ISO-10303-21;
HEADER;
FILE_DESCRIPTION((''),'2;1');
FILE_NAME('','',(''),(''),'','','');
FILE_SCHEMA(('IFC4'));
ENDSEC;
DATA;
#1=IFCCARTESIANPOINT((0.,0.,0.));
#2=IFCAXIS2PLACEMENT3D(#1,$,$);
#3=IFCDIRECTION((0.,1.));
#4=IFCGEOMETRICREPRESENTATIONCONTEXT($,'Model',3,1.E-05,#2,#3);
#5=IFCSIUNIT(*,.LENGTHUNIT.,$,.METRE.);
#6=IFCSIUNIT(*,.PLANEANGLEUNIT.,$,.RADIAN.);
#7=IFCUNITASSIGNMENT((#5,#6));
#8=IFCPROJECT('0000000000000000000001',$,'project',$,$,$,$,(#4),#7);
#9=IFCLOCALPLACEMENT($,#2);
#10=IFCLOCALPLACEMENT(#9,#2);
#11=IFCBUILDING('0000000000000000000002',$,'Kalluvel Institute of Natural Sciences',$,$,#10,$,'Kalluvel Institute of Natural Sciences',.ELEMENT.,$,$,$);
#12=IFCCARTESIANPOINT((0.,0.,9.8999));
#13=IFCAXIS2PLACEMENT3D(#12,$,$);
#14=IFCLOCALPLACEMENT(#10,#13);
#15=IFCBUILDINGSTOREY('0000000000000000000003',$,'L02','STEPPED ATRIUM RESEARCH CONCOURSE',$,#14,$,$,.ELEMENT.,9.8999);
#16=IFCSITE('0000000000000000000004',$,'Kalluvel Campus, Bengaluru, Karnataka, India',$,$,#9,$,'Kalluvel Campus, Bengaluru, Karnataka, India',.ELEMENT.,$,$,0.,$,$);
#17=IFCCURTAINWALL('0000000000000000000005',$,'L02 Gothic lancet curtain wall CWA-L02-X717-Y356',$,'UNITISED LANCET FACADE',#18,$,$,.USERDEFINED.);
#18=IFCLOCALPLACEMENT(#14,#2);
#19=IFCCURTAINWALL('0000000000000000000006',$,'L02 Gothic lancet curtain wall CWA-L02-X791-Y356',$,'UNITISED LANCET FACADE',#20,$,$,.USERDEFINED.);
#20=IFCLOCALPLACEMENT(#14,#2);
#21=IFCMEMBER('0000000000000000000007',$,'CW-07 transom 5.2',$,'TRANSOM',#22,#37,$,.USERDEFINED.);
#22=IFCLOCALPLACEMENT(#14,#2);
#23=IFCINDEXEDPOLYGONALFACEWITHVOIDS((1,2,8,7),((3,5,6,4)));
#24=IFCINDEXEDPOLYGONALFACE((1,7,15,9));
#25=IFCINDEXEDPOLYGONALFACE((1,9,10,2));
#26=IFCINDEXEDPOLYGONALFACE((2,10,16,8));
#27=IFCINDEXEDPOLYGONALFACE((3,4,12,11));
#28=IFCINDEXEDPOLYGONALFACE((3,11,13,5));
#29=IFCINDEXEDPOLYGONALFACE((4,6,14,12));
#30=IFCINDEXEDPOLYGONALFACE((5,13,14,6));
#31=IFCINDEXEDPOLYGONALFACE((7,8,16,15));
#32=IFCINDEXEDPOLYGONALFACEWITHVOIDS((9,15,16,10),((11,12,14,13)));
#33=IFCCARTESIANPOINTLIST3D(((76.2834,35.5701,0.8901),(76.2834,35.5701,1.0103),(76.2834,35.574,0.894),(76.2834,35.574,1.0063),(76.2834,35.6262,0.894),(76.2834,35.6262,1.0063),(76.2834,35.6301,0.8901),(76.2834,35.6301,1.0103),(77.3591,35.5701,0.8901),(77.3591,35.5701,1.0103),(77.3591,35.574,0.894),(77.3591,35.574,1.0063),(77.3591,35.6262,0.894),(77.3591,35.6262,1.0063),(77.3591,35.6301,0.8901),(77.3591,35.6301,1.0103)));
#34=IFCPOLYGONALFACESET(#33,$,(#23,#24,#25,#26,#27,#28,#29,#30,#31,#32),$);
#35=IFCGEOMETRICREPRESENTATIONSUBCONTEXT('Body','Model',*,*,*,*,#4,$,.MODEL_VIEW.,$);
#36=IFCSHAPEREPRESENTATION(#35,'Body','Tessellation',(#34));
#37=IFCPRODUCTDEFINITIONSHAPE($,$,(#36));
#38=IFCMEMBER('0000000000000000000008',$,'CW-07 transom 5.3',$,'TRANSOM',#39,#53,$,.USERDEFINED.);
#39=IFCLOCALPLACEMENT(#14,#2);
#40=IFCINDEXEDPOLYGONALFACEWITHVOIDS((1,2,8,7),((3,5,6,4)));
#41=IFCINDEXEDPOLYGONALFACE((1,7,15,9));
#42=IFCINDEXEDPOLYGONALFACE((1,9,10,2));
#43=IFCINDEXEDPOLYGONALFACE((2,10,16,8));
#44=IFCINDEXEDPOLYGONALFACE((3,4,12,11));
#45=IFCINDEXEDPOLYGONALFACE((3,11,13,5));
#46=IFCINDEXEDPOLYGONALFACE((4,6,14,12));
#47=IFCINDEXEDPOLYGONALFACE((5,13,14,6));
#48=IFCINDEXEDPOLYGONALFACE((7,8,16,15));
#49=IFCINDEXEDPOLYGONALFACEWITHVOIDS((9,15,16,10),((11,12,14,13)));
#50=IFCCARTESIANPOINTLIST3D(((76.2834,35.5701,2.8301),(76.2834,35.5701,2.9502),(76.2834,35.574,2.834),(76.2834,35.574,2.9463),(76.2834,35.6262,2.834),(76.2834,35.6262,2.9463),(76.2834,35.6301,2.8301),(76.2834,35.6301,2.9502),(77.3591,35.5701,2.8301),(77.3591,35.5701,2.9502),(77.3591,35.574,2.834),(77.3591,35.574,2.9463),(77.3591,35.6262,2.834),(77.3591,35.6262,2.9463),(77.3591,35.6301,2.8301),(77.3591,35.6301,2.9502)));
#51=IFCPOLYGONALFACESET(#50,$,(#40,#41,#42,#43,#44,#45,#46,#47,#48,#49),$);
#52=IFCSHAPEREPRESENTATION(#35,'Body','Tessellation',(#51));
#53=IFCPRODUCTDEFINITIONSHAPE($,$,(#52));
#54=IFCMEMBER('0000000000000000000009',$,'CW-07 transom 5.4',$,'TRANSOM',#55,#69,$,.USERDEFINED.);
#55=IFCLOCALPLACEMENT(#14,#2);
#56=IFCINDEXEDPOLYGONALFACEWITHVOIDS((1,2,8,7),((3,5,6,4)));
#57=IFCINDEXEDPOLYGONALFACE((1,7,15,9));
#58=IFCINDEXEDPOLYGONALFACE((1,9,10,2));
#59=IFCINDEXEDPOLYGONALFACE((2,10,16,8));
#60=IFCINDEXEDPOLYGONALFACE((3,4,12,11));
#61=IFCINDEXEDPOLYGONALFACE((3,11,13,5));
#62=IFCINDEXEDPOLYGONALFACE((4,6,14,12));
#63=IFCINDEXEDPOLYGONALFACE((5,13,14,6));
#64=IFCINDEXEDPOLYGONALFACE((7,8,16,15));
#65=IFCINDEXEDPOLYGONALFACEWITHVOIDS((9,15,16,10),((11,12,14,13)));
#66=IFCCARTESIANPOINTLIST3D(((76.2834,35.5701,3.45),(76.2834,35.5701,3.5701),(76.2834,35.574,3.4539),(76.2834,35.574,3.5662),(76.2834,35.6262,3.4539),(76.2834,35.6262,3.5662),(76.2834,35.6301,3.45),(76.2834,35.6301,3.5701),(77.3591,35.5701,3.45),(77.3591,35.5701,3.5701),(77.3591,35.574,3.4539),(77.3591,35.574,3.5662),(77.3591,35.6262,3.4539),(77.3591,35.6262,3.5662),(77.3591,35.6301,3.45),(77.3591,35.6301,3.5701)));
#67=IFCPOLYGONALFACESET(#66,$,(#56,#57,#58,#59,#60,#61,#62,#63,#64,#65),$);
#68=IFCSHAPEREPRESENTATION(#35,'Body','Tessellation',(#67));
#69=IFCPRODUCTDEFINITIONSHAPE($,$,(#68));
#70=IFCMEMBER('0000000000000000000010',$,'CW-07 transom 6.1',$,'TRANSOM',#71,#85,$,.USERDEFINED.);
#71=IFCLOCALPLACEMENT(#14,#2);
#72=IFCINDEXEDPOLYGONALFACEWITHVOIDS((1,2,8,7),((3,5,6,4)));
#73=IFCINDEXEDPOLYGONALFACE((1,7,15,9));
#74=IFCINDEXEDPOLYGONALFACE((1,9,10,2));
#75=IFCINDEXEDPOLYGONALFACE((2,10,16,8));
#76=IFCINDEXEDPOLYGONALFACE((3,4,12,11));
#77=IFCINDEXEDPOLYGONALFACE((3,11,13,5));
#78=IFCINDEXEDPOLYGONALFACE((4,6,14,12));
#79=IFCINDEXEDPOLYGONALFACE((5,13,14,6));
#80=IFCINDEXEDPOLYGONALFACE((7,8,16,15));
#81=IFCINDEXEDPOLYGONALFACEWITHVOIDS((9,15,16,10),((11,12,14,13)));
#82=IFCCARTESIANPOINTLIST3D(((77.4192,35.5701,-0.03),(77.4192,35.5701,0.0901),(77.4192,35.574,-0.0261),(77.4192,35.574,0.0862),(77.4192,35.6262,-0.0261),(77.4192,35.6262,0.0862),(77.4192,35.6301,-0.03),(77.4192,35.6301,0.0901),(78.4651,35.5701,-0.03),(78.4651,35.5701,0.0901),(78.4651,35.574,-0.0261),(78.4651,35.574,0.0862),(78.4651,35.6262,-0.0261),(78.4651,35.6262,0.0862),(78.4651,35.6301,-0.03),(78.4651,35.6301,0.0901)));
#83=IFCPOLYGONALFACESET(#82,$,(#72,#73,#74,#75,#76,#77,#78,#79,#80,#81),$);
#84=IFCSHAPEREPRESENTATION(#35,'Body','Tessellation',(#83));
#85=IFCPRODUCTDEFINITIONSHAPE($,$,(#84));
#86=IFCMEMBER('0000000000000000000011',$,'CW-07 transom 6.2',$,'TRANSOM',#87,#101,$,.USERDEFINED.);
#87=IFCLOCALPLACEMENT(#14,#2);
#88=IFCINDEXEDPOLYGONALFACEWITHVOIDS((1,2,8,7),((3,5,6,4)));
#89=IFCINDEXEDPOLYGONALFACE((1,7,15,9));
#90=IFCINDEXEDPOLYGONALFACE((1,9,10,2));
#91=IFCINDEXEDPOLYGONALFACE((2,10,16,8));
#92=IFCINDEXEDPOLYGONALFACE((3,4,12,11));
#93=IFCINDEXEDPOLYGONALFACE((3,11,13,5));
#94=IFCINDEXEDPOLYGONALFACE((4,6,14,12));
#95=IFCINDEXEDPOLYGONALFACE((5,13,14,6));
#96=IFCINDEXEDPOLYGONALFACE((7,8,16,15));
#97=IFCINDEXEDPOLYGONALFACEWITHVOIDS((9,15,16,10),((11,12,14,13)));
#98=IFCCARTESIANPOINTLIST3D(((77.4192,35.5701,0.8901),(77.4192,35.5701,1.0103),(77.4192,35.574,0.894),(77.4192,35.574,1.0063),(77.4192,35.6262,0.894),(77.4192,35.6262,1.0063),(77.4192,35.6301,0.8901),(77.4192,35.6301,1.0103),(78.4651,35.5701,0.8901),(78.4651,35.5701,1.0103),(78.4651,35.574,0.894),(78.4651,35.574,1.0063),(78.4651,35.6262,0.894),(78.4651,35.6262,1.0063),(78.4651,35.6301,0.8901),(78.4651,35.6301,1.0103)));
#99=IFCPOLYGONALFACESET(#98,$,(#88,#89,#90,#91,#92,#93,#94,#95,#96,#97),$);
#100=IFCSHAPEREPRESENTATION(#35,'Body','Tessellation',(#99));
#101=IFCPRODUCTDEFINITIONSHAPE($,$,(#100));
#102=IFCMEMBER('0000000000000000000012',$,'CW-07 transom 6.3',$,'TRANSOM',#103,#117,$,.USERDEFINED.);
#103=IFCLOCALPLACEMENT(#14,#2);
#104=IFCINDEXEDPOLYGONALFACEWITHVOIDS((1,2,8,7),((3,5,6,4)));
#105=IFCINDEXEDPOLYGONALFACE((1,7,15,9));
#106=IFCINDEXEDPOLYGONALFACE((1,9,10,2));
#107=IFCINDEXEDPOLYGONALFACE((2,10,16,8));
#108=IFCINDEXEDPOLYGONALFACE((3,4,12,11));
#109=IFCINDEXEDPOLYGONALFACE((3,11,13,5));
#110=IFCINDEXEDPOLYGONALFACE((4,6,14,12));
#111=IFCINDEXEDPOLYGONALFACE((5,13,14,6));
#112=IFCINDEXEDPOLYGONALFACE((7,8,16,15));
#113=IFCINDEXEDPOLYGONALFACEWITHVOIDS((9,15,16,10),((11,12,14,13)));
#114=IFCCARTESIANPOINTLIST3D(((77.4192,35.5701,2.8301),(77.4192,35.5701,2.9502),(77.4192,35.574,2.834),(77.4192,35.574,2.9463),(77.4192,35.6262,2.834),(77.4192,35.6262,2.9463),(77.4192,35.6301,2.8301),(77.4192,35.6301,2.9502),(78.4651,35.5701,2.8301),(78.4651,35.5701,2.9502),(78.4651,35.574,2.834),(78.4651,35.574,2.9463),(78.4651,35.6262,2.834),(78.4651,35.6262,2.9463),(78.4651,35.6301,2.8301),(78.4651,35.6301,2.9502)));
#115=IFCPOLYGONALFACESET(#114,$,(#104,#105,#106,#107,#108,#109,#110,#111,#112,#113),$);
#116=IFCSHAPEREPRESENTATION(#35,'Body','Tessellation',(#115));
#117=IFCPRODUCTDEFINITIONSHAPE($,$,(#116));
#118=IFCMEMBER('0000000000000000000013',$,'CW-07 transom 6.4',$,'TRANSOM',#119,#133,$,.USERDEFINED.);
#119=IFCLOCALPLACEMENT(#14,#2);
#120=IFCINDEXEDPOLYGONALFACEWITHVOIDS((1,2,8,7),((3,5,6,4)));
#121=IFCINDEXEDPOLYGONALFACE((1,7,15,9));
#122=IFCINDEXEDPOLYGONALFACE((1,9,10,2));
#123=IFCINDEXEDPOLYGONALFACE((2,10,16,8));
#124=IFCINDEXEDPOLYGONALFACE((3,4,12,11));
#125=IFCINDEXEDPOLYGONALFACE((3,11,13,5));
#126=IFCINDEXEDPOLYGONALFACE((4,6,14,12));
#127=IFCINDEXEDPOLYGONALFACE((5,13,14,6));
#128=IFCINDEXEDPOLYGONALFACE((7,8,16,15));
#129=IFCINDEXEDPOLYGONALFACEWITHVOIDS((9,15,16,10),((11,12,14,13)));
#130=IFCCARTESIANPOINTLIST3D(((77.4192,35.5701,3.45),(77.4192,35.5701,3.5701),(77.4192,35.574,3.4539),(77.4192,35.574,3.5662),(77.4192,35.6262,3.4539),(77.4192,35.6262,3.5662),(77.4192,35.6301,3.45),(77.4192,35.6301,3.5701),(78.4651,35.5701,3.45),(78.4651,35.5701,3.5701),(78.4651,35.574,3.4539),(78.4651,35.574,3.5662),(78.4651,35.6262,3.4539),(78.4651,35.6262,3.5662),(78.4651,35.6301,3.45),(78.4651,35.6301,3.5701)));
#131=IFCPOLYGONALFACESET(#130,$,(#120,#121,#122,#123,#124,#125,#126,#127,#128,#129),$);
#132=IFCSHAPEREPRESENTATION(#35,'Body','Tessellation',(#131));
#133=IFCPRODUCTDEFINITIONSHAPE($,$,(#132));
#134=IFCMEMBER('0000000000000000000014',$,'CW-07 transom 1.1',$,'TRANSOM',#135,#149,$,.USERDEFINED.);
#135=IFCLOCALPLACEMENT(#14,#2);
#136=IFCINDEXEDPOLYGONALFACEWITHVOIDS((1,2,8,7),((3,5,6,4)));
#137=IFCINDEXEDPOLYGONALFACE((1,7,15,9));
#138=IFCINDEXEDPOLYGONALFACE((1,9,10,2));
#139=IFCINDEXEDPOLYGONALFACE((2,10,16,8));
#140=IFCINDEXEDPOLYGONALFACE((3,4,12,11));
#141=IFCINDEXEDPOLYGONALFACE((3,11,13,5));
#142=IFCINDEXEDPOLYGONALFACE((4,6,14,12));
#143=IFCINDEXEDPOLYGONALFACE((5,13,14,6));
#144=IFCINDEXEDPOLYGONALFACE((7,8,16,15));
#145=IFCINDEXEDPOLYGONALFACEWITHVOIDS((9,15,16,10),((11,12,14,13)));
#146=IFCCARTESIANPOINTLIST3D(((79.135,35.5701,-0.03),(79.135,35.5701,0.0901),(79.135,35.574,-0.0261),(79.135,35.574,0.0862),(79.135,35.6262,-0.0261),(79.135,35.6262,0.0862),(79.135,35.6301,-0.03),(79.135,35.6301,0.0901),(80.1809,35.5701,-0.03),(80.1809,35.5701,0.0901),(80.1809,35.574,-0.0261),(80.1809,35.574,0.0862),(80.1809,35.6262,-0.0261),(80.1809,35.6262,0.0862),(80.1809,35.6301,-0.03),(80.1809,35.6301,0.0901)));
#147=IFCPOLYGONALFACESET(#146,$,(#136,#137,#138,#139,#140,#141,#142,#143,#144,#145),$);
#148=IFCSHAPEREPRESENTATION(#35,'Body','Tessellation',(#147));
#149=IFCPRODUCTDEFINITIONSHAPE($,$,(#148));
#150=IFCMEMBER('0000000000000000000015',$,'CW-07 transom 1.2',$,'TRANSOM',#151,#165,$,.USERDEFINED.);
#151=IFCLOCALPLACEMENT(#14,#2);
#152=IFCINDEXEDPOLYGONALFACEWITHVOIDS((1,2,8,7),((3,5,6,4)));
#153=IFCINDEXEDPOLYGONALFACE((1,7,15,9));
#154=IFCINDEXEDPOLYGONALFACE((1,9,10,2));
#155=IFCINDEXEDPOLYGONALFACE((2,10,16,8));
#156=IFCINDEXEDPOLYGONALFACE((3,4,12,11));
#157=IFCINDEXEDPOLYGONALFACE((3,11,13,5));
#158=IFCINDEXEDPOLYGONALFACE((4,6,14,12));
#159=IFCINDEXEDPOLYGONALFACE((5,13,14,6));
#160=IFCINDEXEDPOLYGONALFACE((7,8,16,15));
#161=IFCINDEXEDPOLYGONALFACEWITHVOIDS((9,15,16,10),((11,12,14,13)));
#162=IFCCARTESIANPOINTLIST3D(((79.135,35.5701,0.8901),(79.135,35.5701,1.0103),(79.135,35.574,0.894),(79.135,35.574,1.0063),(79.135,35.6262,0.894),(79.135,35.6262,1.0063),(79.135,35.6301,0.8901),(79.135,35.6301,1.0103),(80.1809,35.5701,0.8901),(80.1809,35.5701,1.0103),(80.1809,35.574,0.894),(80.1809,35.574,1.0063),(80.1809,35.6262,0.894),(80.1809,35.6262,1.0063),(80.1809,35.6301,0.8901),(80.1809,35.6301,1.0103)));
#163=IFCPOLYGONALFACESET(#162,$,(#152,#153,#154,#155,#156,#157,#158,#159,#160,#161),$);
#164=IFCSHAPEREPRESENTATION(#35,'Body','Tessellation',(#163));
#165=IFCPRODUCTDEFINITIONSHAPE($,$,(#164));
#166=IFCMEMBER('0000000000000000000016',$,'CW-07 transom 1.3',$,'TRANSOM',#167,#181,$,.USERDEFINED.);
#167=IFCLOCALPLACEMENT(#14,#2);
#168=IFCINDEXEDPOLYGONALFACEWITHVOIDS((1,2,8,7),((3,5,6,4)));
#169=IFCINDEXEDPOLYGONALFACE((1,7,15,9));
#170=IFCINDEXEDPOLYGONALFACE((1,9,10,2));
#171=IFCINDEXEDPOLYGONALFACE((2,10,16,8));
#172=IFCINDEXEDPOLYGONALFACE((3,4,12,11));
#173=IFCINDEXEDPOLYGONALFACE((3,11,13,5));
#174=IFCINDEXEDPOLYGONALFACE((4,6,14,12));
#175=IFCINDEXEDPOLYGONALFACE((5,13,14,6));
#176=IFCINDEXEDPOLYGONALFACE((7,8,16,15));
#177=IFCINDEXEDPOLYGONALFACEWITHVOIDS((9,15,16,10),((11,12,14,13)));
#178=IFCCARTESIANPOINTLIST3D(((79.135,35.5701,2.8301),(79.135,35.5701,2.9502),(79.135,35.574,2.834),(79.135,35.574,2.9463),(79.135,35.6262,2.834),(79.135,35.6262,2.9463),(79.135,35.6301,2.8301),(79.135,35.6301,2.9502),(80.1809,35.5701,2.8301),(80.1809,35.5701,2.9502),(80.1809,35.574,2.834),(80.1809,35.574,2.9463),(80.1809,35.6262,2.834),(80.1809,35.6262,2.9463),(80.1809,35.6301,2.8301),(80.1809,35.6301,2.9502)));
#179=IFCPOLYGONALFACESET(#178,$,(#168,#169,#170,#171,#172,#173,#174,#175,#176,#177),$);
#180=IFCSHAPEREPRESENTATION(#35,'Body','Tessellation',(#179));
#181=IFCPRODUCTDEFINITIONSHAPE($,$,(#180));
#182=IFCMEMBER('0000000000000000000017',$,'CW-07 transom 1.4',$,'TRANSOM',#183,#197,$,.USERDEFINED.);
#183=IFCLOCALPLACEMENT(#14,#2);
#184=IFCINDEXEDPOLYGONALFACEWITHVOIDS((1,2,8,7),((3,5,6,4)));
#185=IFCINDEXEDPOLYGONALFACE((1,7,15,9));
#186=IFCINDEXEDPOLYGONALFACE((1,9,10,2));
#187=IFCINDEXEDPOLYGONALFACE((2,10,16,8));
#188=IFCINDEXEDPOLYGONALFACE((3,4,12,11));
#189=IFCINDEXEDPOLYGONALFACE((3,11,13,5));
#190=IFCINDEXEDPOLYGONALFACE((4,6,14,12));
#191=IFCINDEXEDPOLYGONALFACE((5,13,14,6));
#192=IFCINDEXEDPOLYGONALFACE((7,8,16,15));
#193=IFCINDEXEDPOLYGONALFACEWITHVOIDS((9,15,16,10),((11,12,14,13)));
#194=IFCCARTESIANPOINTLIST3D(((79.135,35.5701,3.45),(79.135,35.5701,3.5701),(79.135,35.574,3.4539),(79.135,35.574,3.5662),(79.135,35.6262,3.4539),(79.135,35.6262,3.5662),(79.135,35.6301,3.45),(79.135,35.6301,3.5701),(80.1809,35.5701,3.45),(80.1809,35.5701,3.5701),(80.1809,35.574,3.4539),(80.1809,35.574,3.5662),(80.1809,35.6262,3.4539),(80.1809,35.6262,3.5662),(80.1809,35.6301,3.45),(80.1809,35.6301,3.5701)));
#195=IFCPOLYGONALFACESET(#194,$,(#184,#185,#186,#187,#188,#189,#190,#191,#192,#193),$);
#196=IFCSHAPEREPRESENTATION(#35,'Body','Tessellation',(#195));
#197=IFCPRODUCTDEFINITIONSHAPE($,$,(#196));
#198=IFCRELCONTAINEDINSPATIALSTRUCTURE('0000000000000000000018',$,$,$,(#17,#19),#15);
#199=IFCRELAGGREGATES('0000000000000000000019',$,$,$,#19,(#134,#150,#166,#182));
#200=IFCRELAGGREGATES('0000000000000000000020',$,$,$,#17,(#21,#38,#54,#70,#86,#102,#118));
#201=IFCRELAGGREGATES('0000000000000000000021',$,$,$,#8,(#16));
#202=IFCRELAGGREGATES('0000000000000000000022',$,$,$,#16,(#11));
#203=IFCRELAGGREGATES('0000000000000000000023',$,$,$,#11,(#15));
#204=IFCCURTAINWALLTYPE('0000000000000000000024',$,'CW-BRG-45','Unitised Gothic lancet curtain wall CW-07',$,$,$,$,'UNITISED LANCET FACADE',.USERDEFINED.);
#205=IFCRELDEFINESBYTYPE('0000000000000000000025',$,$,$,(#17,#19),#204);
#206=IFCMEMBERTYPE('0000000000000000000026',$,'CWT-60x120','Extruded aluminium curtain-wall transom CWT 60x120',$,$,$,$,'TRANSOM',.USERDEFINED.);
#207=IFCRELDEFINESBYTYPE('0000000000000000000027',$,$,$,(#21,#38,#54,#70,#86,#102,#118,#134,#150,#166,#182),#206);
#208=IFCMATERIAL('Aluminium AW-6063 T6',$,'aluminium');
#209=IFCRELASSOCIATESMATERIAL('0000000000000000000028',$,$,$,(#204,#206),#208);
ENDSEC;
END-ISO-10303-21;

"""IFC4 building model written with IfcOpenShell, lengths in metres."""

from ifc_helpers import new_model, si_unit, direction, frame, origin, origin_2d, place, context, subcontext, project, spatial, hollow_rectangle, extrude, material, material_profile, profile_set, type_object, element, aggregate, save


model = new_model("IFC4")

# Units and contexts
model_context = context("Model", 3, precision=1e-05, world=origin(), true_north=direction((0.0, 1.0)))
body_context = subcontext(model_context, "Body", "Model", "MODEL_VIEW")
ifc_project = project(units=[si_unit("LENGTHUNIT", "METRE"), si_unit("PLANEANGLEUNIT", "RADIAN")], contexts=[model_context])

# Site, building, storey
site_placement = place(None, origin())
site = spatial("IfcSite", under=ifc_project, at=site_placement, Name="Kalluvel Campus, Bengaluru, Karnataka, India", LongName="Kalluvel Campus, Bengaluru, Karnataka, India", CompositionType="ELEMENT", RefElevation=0.0)
building_placement = place(site_placement, origin())
building = spatial("IfcBuilding", under=site, at=building_placement, Name="Kalluvel Institute of Natural Sciences", LongName="Kalluvel Institute of Natural Sciences", CompositionType="ELEMENT")
storey_placement = place(building_placement, frame((0.0, 0.0, 9.8999)))
storey = spatial("IfcBuildingStorey", under=building, at=storey_placement, Name="L02", Description="STEPPED ATRIUM RESEARCH CONCOURSE", CompositionType="ELEMENT", Elevation=9.8999)

# Curtain wall
ifc_material_1 = material(Name="Aluminium AW-6063 T6", Category="aluminium")
curtain_wall_type = type_object("IfcCurtainWallType", Name="CW-BRG-45", Description="Unitised Gothic lancet curtain wall CW-07", ElementType="UNITISED LANCET FACADE", PredefinedType="USERDEFINED", material=ifc_material_1)
curtain_wall_1_placement = place(storey_placement, origin())
curtain_wall_1 = element("IfcCurtainWall", 1, at=curtain_wall_1_placement, inside=storey, type_object=curtain_wall_type, Name="L02 Gothic lancet curtain wall CWA-L02-X717-Y356", ObjectType="UNITISED LANCET FACADE", PredefinedType="USERDEFINED")

# Curtain wall
curtain_wall_2_placement = place(storey_placement, origin())
curtain_wall_2 = element("IfcCurtainWall", 2, at=curtain_wall_2_placement, inside=storey, type_object=curtain_wall_type, Name="L02 Gothic lancet curtain wall CWA-L02-X791-Y356", ObjectType="UNITISED LANCET FACADE", PredefinedType="USERDEFINED")

# Members
ifc_material_profile_1 = material_profile(ifc_material_1, hollow_rectangle(XDim=0.0601, YDim=0.1201, WallThickness=0.0039, at=origin_2d()), Name="CWT 60x120")
ifc_profile_set_1 = profile_set([ifc_material_profile_1], Name="Aluminium AW-6063 T6")
member_type_1 = type_object("IfcMemberType", Name="CWT-60x120", Description="Extruded aluminium curtain-wall transom CWT 60x120", ElementType="TRANSOM", PredefinedType="USERDEFINED", material=ifc_profile_set_1)
member_1_placement = place(storey_placement, frame((76.2834, 35.6001, 0.9502), z_axis=(1.0, 0.0, 0.0), x_axis=(0.0, 1.0, 0.0)))
member_1 = element("IfcMember", 3, at=member_1_placement, type_object=member_type_1, Name="CW-07 transom 5.2", ObjectType="TRANSOM", PredefinedType="USERDEFINED", context=body_context, shape_type="SweptSolid", body=[
    extrude(hollow_rectangle(XDim=0.0601, YDim=0.1201, WallThickness=0.0039, at=origin_2d()), origin(), (0.0, 0.0, 1.0), 1.0757),
])
member_2_placement = place(storey_placement, frame((76.2834, 35.6001, 2.8901), z_axis=(1.0, 0.0, 0.0), x_axis=(0.0, 1.0, 0.0)))
member_2 = element("IfcMember", 4, at=member_2_placement, type_object=member_type_1, Name="CW-07 transom 5.3", ObjectType="TRANSOM", PredefinedType="USERDEFINED", context=body_context, shape_type="SweptSolid", body=[
    extrude(hollow_rectangle(XDim=0.0601, YDim=0.1201, WallThickness=0.0039, at=origin_2d()), origin(), (0.0, 0.0, 1.0), 1.0757),
])
member_3_placement = place(storey_placement, frame((76.2834, 35.6001, 3.51), z_axis=(1.0, 0.0, 0.0), x_axis=(0.0, 1.0, 0.0)))
member_3 = element("IfcMember", 5, at=member_3_placement, type_object=member_type_1, Name="CW-07 transom 5.4", ObjectType="TRANSOM", PredefinedType="USERDEFINED", context=body_context, shape_type="SweptSolid", body=[
    extrude(hollow_rectangle(XDim=0.0601, YDim=0.1201, WallThickness=0.0039, at=origin_2d()), origin(), (0.0, 0.0, 1.0), 1.0757),
])
member_4_placement = place(storey_placement, frame((77.4192, 35.6001, 0.03), z_axis=(1.0, 0.0, 0.0), x_axis=(0.0, 1.0, 0.0)))
member_4 = element("IfcMember", 6, at=member_4_placement, type_object=member_type_1, Name="CW-07 transom 6.1", ObjectType="TRANSOM", PredefinedType="USERDEFINED", context=body_context, shape_type="SweptSolid", body=[
    extrude(hollow_rectangle(XDim=0.0601, YDim=0.1201, WallThickness=0.0039, at=origin_2d()), origin(), (0.0, 0.0, 1.0), 1.0459),
])
member_5_placement = place(storey_placement, frame((77.4192, 35.6001, 0.9502), z_axis=(1.0, 0.0, 0.0), x_axis=(0.0, 1.0, 0.0)))
member_5 = element("IfcMember", 7, at=member_5_placement, type_object=member_type_1, Name="CW-07 transom 6.2", ObjectType="TRANSOM", PredefinedType="USERDEFINED", context=body_context, shape_type="SweptSolid", body=[
    extrude(hollow_rectangle(XDim=0.0601, YDim=0.1201, WallThickness=0.0039, at=origin_2d()), origin(), (0.0, 0.0, 1.0), 1.0459),
])
member_6_placement = place(storey_placement, frame((77.4192, 35.6001, 2.8901), z_axis=(1.0, 0.0, 0.0), x_axis=(0.0, 1.0, 0.0)))
member_6 = element("IfcMember", 8, at=member_6_placement, type_object=member_type_1, Name="CW-07 transom 6.3", ObjectType="TRANSOM", PredefinedType="USERDEFINED", context=body_context, shape_type="SweptSolid", body=[
    extrude(hollow_rectangle(XDim=0.0601, YDim=0.1201, WallThickness=0.0039, at=origin_2d()), origin(), (0.0, 0.0, 1.0), 1.0459),
])
member_7_placement = place(storey_placement, frame((77.4192, 35.6001, 3.51), z_axis=(1.0, 0.0, 0.0), x_axis=(0.0, 1.0, 0.0)))
member_7 = element("IfcMember", 9, at=member_7_placement, type_object=member_type_1, Name="CW-07 transom 6.4", ObjectType="TRANSOM", PredefinedType="USERDEFINED", context=body_context, shape_type="SweptSolid", body=[
    extrude(hollow_rectangle(XDim=0.0601, YDim=0.1201, WallThickness=0.0039, at=origin_2d()), origin(), (0.0, 0.0, 1.0), 1.0459),
])
member_8_placement = place(storey_placement, frame((79.135, 35.6001, 0.03), z_axis=(1.0, 0.0, 0.0), x_axis=(0.0, 1.0, 0.0)))
member_8 = element("IfcMember", 10, at=member_8_placement, type_object=member_type_1, Name="CW-07 transom 1.1", ObjectType="TRANSOM", PredefinedType="USERDEFINED", context=body_context, shape_type="SweptSolid", body=[
    extrude(hollow_rectangle(XDim=0.0601, YDim=0.1201, WallThickness=0.0039, at=origin_2d()), origin(), (0.0, 0.0, 1.0), 1.0459),
])
member_9_placement = place(storey_placement, frame((79.135, 35.6001, 0.9502), z_axis=(1.0, 0.0, 0.0), x_axis=(0.0, 1.0, 0.0)))
member_9 = element("IfcMember", 11, at=member_9_placement, type_object=member_type_1, Name="CW-07 transom 1.2", ObjectType="TRANSOM", PredefinedType="USERDEFINED", context=body_context, shape_type="SweptSolid", body=[
    extrude(hollow_rectangle(XDim=0.0601, YDim=0.1201, WallThickness=0.0039, at=origin_2d()), origin(), (0.0, 0.0, 1.0), 1.0459),
])
member_10_placement = place(storey_placement, frame((79.135, 35.6001, 2.8901), z_axis=(1.0, 0.0, 0.0), x_axis=(0.0, 1.0, 0.0)))
member_10 = element("IfcMember", 12, at=member_10_placement, type_object=member_type_1, Name="CW-07 transom 1.3", ObjectType="TRANSOM", PredefinedType="USERDEFINED", context=body_context, shape_type="SweptSolid", body=[
    extrude(hollow_rectangle(XDim=0.0601, YDim=0.1201, WallThickness=0.0039, at=origin_2d()), origin(), (0.0, 0.0, 1.0), 1.0459),
])
member_11_placement = place(storey_placement, frame((79.135, 35.6001, 3.51), z_axis=(1.0, 0.0, 0.0), x_axis=(0.0, 1.0, 0.0)))
member_11 = element("IfcMember", 13, at=member_11_placement, type_object=member_type_1, Name="CW-07 transom 1.4", ObjectType="TRANSOM", PredefinedType="USERDEFINED", context=body_context, shape_type="SweptSolid", body=[
    extrude(hollow_rectangle(XDim=0.0601, YDim=0.1201, WallThickness=0.0039, at=origin_2d()), origin(), (0.0, 0.0, 1.0), 1.0459),
])
aggregate(curtain_wall_2, [member_8, member_9, member_10, member_11])

aggregate(curtain_wall_1, [member_1, member_2, member_3, member_4, member_5, member_6, member_7])

save(model, "model.ifc")
